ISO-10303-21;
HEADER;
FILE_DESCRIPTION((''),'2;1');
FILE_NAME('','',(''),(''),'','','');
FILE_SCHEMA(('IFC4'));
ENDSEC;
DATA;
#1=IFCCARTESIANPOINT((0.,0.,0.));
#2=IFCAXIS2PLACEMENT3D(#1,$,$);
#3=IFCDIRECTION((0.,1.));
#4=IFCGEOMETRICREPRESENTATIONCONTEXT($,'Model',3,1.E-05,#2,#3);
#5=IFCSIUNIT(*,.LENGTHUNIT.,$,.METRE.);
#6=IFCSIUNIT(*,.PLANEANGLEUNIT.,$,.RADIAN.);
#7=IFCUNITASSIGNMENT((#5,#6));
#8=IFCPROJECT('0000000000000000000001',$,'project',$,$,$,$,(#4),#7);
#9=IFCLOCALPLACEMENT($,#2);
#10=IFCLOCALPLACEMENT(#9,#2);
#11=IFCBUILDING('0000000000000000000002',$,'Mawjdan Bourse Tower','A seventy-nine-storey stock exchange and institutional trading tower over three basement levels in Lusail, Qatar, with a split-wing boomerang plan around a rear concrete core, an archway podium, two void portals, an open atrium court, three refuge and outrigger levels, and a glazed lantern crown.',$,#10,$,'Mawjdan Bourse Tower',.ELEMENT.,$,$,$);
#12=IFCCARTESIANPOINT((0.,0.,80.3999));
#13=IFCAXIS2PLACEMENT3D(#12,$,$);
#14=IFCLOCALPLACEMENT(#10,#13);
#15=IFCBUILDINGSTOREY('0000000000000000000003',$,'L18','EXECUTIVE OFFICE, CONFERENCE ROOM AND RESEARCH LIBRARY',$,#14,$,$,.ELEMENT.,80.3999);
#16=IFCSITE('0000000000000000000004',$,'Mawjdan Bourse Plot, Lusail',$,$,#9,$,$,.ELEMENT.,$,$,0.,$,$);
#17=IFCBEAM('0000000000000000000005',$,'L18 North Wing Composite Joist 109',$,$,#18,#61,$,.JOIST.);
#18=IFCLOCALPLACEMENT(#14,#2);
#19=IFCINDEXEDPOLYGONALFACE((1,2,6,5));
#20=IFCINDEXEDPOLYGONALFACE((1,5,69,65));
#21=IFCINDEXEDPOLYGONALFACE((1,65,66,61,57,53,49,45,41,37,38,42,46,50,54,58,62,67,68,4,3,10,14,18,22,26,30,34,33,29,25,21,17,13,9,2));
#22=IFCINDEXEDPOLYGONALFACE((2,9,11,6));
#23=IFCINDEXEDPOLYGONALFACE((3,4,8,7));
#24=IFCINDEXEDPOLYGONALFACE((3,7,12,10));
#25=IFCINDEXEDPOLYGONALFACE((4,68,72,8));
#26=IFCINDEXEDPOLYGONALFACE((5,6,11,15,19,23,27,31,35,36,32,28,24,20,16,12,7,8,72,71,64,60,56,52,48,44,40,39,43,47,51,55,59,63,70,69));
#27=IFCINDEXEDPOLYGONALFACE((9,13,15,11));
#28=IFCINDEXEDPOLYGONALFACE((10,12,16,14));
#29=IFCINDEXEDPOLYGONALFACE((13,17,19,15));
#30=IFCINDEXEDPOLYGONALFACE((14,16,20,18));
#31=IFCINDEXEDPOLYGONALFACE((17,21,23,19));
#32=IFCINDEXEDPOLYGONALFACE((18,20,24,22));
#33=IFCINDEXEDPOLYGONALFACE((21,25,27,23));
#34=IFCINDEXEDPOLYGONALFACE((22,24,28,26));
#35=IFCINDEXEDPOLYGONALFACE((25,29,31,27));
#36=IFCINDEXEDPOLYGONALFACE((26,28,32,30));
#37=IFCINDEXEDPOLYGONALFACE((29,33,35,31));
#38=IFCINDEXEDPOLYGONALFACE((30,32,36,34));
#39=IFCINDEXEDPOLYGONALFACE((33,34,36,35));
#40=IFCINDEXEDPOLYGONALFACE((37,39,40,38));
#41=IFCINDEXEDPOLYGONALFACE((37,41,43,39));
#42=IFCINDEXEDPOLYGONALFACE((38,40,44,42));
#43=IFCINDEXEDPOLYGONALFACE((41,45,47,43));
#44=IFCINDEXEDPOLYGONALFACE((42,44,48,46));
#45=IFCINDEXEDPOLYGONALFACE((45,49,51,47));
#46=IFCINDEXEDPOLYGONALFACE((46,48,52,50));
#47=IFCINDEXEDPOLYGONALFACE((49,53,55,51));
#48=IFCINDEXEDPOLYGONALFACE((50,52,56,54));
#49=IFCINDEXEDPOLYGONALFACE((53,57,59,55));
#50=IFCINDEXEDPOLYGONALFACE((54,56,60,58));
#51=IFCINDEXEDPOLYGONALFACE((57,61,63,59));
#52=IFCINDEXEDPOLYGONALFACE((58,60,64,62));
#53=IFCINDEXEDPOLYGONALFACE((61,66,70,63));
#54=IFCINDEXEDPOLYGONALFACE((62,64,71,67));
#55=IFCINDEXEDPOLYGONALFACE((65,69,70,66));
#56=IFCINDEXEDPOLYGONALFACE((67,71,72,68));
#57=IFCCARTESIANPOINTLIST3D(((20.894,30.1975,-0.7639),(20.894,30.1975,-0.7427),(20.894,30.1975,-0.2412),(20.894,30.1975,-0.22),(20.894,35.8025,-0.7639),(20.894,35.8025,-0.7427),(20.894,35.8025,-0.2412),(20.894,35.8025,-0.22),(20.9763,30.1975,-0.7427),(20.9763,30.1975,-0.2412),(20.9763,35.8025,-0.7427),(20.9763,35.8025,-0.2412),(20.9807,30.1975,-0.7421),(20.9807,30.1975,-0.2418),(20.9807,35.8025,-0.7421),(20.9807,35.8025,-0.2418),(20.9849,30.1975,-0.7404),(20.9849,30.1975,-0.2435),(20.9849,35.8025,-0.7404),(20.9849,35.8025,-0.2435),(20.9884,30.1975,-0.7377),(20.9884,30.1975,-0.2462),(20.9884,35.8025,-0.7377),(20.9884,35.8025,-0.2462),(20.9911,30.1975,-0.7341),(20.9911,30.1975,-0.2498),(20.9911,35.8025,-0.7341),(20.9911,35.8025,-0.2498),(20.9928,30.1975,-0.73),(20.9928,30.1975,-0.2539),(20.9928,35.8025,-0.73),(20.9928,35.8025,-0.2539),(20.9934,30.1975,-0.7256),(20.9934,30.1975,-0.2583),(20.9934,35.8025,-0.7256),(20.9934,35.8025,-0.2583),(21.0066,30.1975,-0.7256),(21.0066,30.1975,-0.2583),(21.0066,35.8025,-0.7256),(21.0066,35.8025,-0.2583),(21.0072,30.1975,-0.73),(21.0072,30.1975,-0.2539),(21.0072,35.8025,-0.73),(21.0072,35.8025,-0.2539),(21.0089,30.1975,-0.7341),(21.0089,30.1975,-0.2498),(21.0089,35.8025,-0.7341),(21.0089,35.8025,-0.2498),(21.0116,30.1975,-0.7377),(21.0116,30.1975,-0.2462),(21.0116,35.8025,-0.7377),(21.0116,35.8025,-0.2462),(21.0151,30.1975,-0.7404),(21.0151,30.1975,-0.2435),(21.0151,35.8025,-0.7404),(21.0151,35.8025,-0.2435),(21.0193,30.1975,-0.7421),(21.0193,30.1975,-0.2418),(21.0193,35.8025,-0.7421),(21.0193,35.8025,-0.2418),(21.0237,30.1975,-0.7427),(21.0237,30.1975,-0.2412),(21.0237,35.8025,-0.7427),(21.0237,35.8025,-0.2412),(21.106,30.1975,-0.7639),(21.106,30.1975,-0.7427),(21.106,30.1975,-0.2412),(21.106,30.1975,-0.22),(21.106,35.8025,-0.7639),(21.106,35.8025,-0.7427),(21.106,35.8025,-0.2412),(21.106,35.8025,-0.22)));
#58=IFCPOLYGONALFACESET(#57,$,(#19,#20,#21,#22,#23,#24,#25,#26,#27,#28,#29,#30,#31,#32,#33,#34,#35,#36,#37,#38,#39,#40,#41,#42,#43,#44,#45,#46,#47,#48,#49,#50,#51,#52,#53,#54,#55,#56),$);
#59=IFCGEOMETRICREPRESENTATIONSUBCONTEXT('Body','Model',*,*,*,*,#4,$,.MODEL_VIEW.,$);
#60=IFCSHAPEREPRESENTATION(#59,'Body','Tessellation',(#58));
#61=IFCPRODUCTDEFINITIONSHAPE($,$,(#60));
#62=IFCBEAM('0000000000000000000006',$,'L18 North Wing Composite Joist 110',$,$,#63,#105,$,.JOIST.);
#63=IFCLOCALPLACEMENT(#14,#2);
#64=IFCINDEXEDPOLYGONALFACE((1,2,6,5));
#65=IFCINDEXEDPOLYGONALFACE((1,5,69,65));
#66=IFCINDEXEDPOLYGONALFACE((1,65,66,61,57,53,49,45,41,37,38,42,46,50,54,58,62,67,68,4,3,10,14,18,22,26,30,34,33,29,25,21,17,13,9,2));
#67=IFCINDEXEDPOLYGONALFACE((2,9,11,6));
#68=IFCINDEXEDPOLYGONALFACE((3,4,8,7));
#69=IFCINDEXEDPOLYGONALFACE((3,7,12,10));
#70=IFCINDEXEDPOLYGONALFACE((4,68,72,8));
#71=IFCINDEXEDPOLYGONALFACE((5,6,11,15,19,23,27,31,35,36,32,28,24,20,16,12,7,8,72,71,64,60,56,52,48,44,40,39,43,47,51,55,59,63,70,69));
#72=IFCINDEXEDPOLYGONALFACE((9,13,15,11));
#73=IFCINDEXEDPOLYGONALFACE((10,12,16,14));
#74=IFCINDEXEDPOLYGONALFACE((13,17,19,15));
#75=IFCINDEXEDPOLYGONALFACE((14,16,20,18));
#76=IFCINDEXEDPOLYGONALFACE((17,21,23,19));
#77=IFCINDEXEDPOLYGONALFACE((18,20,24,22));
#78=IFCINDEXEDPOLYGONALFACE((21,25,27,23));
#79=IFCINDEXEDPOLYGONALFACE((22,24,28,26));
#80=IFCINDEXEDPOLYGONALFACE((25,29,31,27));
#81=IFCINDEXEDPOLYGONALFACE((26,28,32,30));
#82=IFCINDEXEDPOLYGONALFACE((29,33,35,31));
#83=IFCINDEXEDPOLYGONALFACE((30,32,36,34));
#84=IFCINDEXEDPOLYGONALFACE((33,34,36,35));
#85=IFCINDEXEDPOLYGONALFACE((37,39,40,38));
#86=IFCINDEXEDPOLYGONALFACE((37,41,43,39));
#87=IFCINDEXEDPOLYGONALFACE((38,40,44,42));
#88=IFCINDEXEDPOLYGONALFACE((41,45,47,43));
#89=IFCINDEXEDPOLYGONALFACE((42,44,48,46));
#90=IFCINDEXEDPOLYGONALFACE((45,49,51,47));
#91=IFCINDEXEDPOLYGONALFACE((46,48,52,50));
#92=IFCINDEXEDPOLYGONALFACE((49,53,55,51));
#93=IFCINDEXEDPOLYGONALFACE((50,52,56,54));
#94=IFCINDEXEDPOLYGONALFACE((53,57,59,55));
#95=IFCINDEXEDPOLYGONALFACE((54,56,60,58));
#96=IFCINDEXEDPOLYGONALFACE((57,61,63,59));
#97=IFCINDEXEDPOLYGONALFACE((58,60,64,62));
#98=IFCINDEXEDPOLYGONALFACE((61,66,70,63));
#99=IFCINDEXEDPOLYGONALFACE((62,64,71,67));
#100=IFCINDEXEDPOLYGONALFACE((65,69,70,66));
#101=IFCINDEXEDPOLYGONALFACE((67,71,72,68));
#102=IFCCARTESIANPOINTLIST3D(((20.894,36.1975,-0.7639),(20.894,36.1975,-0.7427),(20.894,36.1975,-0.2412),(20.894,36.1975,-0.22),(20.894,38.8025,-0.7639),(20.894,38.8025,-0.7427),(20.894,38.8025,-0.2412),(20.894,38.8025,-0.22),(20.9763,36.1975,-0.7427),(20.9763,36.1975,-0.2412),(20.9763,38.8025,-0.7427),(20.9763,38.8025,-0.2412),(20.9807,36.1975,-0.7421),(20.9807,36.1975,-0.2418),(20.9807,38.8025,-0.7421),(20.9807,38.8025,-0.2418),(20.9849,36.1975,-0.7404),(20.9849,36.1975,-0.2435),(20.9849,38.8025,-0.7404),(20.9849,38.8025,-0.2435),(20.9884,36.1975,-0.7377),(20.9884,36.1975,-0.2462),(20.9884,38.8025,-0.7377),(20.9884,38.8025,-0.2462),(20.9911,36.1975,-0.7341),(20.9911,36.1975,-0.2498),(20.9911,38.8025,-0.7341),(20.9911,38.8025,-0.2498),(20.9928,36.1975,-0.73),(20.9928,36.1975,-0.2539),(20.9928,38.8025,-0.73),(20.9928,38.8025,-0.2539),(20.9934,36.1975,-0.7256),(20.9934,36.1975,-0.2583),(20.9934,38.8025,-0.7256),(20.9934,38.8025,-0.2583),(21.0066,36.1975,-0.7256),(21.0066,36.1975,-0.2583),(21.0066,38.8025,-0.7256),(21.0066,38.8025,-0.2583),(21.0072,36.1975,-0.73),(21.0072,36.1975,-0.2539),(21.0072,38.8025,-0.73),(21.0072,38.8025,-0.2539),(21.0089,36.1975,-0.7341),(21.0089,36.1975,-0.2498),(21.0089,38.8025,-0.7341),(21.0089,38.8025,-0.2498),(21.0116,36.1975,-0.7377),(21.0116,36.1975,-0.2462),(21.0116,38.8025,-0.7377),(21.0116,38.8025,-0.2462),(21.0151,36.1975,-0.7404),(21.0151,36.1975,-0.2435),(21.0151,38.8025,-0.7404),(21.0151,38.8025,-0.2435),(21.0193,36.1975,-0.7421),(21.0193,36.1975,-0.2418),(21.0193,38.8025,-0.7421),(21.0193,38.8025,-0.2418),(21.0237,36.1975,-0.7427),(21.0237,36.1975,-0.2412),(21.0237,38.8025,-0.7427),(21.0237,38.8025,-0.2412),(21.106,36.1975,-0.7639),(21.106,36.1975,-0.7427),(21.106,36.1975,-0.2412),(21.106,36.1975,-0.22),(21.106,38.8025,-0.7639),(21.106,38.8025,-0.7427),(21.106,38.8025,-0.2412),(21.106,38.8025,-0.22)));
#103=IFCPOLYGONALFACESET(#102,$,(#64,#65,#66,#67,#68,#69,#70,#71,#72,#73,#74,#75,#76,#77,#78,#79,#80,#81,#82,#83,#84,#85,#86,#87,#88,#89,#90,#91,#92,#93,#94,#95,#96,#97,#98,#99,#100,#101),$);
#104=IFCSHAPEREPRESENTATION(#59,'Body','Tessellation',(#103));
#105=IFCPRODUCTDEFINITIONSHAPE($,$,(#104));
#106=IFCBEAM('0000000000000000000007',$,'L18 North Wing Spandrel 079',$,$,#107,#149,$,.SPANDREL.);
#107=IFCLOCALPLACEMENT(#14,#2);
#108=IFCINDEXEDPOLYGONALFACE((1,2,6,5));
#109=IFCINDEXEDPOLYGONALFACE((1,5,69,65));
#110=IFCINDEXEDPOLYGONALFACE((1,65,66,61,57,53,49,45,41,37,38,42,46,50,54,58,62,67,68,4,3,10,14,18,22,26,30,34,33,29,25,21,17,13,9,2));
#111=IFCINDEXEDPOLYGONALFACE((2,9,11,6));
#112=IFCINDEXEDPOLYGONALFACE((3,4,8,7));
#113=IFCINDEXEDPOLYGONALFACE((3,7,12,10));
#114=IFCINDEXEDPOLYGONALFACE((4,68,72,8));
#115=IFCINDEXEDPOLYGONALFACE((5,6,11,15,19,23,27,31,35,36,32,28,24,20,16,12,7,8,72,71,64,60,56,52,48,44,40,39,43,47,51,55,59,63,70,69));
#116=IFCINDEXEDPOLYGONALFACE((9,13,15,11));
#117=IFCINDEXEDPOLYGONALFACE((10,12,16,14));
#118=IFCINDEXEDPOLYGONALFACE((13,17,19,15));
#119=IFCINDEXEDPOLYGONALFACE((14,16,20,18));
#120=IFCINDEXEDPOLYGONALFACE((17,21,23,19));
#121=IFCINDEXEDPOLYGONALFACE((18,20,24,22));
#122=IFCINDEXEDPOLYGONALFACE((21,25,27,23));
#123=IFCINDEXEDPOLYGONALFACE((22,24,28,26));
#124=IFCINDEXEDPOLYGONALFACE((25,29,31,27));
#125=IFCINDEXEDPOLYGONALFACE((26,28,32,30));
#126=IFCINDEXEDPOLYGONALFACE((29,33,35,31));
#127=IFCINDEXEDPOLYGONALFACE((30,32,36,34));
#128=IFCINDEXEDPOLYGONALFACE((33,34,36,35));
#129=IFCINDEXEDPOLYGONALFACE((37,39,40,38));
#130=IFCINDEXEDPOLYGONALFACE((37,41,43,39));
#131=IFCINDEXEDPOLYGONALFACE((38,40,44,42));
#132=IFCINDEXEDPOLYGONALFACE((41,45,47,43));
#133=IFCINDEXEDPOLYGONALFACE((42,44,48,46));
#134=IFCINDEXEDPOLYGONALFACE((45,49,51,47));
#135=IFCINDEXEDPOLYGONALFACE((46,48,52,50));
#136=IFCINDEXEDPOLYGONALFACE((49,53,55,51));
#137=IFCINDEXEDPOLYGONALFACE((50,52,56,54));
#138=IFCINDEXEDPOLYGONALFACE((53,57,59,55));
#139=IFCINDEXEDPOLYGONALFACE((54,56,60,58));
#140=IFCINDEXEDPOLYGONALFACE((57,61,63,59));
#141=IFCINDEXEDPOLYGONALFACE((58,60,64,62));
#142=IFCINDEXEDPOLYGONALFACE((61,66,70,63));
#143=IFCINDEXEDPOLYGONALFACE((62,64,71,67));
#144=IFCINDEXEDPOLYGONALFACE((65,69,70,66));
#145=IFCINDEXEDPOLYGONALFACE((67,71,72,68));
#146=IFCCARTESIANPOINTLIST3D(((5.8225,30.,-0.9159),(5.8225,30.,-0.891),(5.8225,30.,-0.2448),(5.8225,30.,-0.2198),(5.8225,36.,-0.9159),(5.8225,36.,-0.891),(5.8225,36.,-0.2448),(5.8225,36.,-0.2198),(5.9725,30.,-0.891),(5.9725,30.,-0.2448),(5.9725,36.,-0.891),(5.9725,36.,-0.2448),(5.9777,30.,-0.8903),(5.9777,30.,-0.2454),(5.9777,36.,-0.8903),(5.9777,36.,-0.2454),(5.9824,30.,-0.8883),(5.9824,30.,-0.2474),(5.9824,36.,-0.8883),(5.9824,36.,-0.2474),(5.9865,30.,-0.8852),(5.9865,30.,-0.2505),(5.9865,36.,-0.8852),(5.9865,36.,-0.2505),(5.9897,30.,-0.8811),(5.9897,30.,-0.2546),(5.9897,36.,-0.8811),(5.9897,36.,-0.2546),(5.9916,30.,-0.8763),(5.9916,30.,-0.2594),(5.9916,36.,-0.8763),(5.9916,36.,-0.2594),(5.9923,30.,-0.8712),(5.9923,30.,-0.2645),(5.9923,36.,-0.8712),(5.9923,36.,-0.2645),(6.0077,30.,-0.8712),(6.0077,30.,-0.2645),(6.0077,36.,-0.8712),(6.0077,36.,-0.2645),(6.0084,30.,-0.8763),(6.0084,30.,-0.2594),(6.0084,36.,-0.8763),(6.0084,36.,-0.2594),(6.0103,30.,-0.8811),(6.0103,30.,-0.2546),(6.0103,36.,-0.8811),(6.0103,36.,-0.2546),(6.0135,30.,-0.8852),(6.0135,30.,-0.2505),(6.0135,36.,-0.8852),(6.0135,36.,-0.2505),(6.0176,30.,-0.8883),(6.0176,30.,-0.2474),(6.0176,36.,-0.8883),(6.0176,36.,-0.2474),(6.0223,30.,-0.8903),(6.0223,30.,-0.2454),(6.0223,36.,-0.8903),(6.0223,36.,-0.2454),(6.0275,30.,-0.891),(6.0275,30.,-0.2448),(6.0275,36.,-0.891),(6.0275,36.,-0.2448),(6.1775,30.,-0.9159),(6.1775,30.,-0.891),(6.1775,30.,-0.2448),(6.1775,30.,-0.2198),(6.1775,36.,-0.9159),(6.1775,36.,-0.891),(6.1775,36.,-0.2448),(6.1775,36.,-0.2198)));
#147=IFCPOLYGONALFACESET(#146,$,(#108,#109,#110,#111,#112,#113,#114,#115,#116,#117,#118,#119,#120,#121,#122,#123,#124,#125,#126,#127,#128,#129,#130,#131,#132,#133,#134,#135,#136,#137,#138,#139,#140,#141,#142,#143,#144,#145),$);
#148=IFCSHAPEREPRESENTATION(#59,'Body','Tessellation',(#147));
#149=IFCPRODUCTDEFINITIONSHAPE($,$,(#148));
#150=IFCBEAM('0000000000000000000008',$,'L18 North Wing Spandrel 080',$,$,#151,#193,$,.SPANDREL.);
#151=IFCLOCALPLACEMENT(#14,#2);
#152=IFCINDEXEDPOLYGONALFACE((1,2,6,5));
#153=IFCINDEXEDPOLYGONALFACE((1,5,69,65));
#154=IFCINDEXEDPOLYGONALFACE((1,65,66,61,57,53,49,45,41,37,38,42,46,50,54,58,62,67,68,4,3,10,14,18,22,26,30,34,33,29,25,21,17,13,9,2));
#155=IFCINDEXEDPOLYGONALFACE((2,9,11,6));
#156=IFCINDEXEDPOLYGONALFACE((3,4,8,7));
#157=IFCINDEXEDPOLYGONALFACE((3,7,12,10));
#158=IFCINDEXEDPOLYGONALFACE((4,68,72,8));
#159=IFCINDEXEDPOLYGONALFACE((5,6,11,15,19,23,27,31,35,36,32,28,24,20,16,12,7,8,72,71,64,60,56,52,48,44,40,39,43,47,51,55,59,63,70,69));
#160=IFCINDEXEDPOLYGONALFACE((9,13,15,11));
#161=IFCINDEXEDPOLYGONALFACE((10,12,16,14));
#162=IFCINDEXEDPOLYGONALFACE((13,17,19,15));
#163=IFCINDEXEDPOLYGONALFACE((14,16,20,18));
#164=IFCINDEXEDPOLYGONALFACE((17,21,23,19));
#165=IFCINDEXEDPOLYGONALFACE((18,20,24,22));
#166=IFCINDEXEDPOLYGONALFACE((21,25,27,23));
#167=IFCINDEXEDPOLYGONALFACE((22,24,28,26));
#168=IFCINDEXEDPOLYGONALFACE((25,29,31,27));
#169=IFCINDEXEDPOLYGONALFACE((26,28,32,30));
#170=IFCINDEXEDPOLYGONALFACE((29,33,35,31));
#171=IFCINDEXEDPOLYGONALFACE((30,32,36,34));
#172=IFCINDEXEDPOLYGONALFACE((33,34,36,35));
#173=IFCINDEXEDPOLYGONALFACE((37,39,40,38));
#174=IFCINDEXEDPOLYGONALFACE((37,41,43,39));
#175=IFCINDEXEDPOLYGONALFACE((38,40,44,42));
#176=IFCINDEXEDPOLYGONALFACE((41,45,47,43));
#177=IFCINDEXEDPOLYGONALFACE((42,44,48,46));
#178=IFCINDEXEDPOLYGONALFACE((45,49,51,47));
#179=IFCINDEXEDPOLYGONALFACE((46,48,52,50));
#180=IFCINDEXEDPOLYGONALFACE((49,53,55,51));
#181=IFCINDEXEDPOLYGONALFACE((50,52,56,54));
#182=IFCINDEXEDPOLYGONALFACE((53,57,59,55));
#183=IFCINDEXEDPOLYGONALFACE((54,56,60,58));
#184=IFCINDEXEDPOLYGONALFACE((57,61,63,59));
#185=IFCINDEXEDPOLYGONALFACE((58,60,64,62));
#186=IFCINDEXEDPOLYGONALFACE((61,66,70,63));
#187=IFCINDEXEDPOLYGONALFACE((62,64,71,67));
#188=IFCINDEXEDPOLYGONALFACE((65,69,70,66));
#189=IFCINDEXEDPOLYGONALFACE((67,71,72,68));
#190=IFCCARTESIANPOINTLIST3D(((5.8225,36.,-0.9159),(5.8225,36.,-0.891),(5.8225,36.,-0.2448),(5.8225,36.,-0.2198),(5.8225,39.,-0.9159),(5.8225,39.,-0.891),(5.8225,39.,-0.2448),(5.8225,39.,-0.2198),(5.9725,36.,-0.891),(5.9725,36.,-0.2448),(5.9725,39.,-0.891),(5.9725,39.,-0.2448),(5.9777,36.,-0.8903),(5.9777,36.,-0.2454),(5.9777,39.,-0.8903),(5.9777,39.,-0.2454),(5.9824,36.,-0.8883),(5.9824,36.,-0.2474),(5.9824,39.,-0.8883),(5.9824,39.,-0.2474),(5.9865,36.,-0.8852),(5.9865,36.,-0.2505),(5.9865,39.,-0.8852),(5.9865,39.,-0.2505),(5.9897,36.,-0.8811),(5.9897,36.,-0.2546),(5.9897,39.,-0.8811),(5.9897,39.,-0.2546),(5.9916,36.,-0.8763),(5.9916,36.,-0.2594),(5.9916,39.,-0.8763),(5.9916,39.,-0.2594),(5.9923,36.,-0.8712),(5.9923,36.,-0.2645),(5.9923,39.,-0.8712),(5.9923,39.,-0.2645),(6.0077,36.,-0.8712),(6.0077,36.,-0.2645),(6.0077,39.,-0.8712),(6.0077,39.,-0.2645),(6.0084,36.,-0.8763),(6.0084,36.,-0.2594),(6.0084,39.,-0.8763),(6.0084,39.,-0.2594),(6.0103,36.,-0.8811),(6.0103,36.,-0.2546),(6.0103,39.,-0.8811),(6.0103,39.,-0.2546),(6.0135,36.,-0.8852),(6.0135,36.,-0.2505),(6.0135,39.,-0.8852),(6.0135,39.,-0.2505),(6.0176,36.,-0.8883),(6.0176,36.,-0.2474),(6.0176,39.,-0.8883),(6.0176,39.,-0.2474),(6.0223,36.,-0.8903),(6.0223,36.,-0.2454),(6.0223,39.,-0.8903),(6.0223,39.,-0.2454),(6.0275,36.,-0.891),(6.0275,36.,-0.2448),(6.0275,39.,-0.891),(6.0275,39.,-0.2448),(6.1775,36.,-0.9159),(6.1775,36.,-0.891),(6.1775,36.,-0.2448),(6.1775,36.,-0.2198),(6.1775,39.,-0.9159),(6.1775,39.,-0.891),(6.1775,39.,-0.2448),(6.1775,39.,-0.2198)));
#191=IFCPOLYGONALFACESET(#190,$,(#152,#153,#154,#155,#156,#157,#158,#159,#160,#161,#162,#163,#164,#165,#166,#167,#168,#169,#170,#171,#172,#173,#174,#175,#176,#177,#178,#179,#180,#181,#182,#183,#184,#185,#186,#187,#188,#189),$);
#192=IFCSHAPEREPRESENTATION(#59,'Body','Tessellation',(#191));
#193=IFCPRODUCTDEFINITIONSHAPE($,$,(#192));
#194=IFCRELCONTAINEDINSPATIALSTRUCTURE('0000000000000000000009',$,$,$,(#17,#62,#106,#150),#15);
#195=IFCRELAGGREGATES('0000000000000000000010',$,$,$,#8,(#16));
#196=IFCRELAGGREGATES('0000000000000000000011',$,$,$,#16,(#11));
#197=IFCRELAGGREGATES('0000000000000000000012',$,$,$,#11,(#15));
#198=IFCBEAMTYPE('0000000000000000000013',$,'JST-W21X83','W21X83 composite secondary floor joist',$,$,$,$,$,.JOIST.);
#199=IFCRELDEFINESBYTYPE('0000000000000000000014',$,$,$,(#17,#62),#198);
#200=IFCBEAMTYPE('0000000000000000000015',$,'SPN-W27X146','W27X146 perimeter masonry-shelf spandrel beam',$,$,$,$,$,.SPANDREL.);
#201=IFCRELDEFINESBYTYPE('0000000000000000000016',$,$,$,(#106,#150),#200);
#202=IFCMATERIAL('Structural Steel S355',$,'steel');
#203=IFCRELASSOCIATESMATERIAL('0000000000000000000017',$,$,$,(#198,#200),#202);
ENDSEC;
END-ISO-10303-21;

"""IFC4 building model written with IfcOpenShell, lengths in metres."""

from ifc_helpers import new_model, si_unit, direction, frame, origin, origin_2d, place, context, subcontext, project, spatial, i_section, extrude, material, material_profile, profile_set, type_object, element, save


model = new_model("IFC4")

# Units and contexts
model_context = context("Model", 3, precision=1e-05, world=origin(), true_north=direction((0.0, 1.0)))
body_context = subcontext(model_context, "Body", "Model", "MODEL_VIEW")
ifc_project = project(units=[si_unit("LENGTHUNIT", "METRE"), si_unit("PLANEANGLEUNIT", "RADIAN")], contexts=[model_context])

# Site, building, storey
site_placement = place(None, origin())
site = spatial("IfcSite", under=ifc_project, at=site_placement, Name="Mawjdan Bourse Plot, Lusail", CompositionType="ELEMENT", RefElevation=0.0)
building_placement = place(site_placement, origin())
building = spatial("IfcBuilding", under=site, at=building_placement, Name="Mawjdan Bourse Tower", Description="A seventy-nine-storey stock exchange and institutional trading tower over three basement levels in Lusail, Qatar, with a split-wing boomerang plan around a rear concrete core, an archway podium, two void portals, an open atrium court, three refuge and outrigger levels, and a glazed lantern crown.", LongName="Mawjdan Bourse Tower", CompositionType="ELEMENT")
storey_placement = place(building_placement, frame((0.0, 0.0, 80.3999)))
storey = spatial("IfcBuildingStorey", under=building, at=storey_placement, Name="L18", Description="EXECUTIVE OFFICE, CONFERENCE ROOM AND RESEARCH LIBRARY", CompositionType="ELEMENT", Elevation=80.3999)

# Beams
ifc_material_1 = material(Name="Structural Steel S355", Category="steel")
ifc_material_profile_1 = material_profile(ifc_material_1, i_section(OverallWidth=0.2119, OverallDepth=0.5439, WebThickness=0.0132, FlangeThickness=0.0212, FilletRadius=0.0171, at=origin_2d()), Name="W21X83")
ifc_profile_set_1 = profile_set([ifc_material_profile_1], Name="Structural Steel S355")
beam_type_1 = type_object("IfcBeamType", Name="JST-W21X83", Description="W21X83 composite secondary floor joist", PredefinedType="JOIST", material=ifc_profile_set_1)
beam_1_placement = place(storey_placement, frame((21.0, 30.1975, -0.4919), z_axis=(0.0, 1.0, 0.0), x_axis=(-1.0, 0.0, 0.0)))
element("IfcBeam", 1, at=beam_1_placement, inside=storey, type_object=beam_type_1, Name="L18 North Wing Composite Joist 109", PredefinedType="JOIST", context=body_context, shape_type="SweptSolid", body=[
    extrude(i_section(OverallWidth=0.2119, OverallDepth=0.5439, WebThickness=0.0132, FlangeThickness=0.0212, FilletRadius=0.0171, at=origin_2d()), origin(), (0.0, 0.0, 1.0), 5.605),
])
beam_2_placement = place(storey_placement, frame((21.0, 36.1975, -0.4919), z_axis=(0.0, 1.0, 0.0), x_axis=(-1.0, 0.0, 0.0)))
element("IfcBeam", 2, at=beam_2_placement, inside=storey, type_object=beam_type_1, Name="L18 North Wing Composite Joist 110", PredefinedType="JOIST", context=body_context, shape_type="SweptSolid", body=[
    extrude(i_section(OverallWidth=0.2119, OverallDepth=0.5439, WebThickness=0.0132, FlangeThickness=0.0212, FilletRadius=0.0171, at=origin_2d()), origin(), (0.0, 0.0, 1.0), 2.605),
])
ifc_material_profile_2 = material_profile(ifc_material_1, i_section(OverallWidth=0.355, OverallDepth=0.696, WebThickness=0.0154, FlangeThickness=0.0249, FilletRadius=0.0198, at=origin_2d()), Name="W27X146")
ifc_profile_set_2 = profile_set([ifc_material_profile_2], Name="Structural Steel S355")
beam_type_2 = type_object("IfcBeamType", Name="SPN-W27X146", Description="W27X146 perimeter masonry-shelf spandrel beam", PredefinedType="SPANDREL", material=ifc_profile_set_2)
beam_3_placement = place(storey_placement, frame((6.0, 30.0, -0.5679), z_axis=(0.0, 1.0, 0.0), x_axis=(-1.0, 0.0, 0.0)))
element("IfcBeam", 3, at=beam_3_placement, inside=storey, type_object=beam_type_2, Name="L18 North Wing Spandrel 079", PredefinedType="SPANDREL", context=body_context, shape_type="SweptSolid", body=[
    extrude(i_section(OverallWidth=0.355, OverallDepth=0.696, WebThickness=0.0154, FlangeThickness=0.0249, FilletRadius=0.0198, at=origin_2d()), origin(), (0.0, 0.0, 1.0), 6.0),
])
beam_4_placement = place(storey_placement, frame((6.0, 36.0, -0.5679), z_axis=(0.0, 1.0, 0.0), x_axis=(-1.0, 0.0, 0.0)))
element("IfcBeam", 4, at=beam_4_placement, inside=storey, type_object=beam_type_2, Name="L18 North Wing Spandrel 080", PredefinedType="SPANDREL", context=body_context, shape_type="SweptSolid", body=[
    extrude(i_section(OverallWidth=0.355, OverallDepth=0.696, WebThickness=0.0154, FlangeThickness=0.0249, FilletRadius=0.0198, at=origin_2d()), origin(), (0.0, 0.0, 1.0), 3.0),
])

save(model, "model.ifc")
